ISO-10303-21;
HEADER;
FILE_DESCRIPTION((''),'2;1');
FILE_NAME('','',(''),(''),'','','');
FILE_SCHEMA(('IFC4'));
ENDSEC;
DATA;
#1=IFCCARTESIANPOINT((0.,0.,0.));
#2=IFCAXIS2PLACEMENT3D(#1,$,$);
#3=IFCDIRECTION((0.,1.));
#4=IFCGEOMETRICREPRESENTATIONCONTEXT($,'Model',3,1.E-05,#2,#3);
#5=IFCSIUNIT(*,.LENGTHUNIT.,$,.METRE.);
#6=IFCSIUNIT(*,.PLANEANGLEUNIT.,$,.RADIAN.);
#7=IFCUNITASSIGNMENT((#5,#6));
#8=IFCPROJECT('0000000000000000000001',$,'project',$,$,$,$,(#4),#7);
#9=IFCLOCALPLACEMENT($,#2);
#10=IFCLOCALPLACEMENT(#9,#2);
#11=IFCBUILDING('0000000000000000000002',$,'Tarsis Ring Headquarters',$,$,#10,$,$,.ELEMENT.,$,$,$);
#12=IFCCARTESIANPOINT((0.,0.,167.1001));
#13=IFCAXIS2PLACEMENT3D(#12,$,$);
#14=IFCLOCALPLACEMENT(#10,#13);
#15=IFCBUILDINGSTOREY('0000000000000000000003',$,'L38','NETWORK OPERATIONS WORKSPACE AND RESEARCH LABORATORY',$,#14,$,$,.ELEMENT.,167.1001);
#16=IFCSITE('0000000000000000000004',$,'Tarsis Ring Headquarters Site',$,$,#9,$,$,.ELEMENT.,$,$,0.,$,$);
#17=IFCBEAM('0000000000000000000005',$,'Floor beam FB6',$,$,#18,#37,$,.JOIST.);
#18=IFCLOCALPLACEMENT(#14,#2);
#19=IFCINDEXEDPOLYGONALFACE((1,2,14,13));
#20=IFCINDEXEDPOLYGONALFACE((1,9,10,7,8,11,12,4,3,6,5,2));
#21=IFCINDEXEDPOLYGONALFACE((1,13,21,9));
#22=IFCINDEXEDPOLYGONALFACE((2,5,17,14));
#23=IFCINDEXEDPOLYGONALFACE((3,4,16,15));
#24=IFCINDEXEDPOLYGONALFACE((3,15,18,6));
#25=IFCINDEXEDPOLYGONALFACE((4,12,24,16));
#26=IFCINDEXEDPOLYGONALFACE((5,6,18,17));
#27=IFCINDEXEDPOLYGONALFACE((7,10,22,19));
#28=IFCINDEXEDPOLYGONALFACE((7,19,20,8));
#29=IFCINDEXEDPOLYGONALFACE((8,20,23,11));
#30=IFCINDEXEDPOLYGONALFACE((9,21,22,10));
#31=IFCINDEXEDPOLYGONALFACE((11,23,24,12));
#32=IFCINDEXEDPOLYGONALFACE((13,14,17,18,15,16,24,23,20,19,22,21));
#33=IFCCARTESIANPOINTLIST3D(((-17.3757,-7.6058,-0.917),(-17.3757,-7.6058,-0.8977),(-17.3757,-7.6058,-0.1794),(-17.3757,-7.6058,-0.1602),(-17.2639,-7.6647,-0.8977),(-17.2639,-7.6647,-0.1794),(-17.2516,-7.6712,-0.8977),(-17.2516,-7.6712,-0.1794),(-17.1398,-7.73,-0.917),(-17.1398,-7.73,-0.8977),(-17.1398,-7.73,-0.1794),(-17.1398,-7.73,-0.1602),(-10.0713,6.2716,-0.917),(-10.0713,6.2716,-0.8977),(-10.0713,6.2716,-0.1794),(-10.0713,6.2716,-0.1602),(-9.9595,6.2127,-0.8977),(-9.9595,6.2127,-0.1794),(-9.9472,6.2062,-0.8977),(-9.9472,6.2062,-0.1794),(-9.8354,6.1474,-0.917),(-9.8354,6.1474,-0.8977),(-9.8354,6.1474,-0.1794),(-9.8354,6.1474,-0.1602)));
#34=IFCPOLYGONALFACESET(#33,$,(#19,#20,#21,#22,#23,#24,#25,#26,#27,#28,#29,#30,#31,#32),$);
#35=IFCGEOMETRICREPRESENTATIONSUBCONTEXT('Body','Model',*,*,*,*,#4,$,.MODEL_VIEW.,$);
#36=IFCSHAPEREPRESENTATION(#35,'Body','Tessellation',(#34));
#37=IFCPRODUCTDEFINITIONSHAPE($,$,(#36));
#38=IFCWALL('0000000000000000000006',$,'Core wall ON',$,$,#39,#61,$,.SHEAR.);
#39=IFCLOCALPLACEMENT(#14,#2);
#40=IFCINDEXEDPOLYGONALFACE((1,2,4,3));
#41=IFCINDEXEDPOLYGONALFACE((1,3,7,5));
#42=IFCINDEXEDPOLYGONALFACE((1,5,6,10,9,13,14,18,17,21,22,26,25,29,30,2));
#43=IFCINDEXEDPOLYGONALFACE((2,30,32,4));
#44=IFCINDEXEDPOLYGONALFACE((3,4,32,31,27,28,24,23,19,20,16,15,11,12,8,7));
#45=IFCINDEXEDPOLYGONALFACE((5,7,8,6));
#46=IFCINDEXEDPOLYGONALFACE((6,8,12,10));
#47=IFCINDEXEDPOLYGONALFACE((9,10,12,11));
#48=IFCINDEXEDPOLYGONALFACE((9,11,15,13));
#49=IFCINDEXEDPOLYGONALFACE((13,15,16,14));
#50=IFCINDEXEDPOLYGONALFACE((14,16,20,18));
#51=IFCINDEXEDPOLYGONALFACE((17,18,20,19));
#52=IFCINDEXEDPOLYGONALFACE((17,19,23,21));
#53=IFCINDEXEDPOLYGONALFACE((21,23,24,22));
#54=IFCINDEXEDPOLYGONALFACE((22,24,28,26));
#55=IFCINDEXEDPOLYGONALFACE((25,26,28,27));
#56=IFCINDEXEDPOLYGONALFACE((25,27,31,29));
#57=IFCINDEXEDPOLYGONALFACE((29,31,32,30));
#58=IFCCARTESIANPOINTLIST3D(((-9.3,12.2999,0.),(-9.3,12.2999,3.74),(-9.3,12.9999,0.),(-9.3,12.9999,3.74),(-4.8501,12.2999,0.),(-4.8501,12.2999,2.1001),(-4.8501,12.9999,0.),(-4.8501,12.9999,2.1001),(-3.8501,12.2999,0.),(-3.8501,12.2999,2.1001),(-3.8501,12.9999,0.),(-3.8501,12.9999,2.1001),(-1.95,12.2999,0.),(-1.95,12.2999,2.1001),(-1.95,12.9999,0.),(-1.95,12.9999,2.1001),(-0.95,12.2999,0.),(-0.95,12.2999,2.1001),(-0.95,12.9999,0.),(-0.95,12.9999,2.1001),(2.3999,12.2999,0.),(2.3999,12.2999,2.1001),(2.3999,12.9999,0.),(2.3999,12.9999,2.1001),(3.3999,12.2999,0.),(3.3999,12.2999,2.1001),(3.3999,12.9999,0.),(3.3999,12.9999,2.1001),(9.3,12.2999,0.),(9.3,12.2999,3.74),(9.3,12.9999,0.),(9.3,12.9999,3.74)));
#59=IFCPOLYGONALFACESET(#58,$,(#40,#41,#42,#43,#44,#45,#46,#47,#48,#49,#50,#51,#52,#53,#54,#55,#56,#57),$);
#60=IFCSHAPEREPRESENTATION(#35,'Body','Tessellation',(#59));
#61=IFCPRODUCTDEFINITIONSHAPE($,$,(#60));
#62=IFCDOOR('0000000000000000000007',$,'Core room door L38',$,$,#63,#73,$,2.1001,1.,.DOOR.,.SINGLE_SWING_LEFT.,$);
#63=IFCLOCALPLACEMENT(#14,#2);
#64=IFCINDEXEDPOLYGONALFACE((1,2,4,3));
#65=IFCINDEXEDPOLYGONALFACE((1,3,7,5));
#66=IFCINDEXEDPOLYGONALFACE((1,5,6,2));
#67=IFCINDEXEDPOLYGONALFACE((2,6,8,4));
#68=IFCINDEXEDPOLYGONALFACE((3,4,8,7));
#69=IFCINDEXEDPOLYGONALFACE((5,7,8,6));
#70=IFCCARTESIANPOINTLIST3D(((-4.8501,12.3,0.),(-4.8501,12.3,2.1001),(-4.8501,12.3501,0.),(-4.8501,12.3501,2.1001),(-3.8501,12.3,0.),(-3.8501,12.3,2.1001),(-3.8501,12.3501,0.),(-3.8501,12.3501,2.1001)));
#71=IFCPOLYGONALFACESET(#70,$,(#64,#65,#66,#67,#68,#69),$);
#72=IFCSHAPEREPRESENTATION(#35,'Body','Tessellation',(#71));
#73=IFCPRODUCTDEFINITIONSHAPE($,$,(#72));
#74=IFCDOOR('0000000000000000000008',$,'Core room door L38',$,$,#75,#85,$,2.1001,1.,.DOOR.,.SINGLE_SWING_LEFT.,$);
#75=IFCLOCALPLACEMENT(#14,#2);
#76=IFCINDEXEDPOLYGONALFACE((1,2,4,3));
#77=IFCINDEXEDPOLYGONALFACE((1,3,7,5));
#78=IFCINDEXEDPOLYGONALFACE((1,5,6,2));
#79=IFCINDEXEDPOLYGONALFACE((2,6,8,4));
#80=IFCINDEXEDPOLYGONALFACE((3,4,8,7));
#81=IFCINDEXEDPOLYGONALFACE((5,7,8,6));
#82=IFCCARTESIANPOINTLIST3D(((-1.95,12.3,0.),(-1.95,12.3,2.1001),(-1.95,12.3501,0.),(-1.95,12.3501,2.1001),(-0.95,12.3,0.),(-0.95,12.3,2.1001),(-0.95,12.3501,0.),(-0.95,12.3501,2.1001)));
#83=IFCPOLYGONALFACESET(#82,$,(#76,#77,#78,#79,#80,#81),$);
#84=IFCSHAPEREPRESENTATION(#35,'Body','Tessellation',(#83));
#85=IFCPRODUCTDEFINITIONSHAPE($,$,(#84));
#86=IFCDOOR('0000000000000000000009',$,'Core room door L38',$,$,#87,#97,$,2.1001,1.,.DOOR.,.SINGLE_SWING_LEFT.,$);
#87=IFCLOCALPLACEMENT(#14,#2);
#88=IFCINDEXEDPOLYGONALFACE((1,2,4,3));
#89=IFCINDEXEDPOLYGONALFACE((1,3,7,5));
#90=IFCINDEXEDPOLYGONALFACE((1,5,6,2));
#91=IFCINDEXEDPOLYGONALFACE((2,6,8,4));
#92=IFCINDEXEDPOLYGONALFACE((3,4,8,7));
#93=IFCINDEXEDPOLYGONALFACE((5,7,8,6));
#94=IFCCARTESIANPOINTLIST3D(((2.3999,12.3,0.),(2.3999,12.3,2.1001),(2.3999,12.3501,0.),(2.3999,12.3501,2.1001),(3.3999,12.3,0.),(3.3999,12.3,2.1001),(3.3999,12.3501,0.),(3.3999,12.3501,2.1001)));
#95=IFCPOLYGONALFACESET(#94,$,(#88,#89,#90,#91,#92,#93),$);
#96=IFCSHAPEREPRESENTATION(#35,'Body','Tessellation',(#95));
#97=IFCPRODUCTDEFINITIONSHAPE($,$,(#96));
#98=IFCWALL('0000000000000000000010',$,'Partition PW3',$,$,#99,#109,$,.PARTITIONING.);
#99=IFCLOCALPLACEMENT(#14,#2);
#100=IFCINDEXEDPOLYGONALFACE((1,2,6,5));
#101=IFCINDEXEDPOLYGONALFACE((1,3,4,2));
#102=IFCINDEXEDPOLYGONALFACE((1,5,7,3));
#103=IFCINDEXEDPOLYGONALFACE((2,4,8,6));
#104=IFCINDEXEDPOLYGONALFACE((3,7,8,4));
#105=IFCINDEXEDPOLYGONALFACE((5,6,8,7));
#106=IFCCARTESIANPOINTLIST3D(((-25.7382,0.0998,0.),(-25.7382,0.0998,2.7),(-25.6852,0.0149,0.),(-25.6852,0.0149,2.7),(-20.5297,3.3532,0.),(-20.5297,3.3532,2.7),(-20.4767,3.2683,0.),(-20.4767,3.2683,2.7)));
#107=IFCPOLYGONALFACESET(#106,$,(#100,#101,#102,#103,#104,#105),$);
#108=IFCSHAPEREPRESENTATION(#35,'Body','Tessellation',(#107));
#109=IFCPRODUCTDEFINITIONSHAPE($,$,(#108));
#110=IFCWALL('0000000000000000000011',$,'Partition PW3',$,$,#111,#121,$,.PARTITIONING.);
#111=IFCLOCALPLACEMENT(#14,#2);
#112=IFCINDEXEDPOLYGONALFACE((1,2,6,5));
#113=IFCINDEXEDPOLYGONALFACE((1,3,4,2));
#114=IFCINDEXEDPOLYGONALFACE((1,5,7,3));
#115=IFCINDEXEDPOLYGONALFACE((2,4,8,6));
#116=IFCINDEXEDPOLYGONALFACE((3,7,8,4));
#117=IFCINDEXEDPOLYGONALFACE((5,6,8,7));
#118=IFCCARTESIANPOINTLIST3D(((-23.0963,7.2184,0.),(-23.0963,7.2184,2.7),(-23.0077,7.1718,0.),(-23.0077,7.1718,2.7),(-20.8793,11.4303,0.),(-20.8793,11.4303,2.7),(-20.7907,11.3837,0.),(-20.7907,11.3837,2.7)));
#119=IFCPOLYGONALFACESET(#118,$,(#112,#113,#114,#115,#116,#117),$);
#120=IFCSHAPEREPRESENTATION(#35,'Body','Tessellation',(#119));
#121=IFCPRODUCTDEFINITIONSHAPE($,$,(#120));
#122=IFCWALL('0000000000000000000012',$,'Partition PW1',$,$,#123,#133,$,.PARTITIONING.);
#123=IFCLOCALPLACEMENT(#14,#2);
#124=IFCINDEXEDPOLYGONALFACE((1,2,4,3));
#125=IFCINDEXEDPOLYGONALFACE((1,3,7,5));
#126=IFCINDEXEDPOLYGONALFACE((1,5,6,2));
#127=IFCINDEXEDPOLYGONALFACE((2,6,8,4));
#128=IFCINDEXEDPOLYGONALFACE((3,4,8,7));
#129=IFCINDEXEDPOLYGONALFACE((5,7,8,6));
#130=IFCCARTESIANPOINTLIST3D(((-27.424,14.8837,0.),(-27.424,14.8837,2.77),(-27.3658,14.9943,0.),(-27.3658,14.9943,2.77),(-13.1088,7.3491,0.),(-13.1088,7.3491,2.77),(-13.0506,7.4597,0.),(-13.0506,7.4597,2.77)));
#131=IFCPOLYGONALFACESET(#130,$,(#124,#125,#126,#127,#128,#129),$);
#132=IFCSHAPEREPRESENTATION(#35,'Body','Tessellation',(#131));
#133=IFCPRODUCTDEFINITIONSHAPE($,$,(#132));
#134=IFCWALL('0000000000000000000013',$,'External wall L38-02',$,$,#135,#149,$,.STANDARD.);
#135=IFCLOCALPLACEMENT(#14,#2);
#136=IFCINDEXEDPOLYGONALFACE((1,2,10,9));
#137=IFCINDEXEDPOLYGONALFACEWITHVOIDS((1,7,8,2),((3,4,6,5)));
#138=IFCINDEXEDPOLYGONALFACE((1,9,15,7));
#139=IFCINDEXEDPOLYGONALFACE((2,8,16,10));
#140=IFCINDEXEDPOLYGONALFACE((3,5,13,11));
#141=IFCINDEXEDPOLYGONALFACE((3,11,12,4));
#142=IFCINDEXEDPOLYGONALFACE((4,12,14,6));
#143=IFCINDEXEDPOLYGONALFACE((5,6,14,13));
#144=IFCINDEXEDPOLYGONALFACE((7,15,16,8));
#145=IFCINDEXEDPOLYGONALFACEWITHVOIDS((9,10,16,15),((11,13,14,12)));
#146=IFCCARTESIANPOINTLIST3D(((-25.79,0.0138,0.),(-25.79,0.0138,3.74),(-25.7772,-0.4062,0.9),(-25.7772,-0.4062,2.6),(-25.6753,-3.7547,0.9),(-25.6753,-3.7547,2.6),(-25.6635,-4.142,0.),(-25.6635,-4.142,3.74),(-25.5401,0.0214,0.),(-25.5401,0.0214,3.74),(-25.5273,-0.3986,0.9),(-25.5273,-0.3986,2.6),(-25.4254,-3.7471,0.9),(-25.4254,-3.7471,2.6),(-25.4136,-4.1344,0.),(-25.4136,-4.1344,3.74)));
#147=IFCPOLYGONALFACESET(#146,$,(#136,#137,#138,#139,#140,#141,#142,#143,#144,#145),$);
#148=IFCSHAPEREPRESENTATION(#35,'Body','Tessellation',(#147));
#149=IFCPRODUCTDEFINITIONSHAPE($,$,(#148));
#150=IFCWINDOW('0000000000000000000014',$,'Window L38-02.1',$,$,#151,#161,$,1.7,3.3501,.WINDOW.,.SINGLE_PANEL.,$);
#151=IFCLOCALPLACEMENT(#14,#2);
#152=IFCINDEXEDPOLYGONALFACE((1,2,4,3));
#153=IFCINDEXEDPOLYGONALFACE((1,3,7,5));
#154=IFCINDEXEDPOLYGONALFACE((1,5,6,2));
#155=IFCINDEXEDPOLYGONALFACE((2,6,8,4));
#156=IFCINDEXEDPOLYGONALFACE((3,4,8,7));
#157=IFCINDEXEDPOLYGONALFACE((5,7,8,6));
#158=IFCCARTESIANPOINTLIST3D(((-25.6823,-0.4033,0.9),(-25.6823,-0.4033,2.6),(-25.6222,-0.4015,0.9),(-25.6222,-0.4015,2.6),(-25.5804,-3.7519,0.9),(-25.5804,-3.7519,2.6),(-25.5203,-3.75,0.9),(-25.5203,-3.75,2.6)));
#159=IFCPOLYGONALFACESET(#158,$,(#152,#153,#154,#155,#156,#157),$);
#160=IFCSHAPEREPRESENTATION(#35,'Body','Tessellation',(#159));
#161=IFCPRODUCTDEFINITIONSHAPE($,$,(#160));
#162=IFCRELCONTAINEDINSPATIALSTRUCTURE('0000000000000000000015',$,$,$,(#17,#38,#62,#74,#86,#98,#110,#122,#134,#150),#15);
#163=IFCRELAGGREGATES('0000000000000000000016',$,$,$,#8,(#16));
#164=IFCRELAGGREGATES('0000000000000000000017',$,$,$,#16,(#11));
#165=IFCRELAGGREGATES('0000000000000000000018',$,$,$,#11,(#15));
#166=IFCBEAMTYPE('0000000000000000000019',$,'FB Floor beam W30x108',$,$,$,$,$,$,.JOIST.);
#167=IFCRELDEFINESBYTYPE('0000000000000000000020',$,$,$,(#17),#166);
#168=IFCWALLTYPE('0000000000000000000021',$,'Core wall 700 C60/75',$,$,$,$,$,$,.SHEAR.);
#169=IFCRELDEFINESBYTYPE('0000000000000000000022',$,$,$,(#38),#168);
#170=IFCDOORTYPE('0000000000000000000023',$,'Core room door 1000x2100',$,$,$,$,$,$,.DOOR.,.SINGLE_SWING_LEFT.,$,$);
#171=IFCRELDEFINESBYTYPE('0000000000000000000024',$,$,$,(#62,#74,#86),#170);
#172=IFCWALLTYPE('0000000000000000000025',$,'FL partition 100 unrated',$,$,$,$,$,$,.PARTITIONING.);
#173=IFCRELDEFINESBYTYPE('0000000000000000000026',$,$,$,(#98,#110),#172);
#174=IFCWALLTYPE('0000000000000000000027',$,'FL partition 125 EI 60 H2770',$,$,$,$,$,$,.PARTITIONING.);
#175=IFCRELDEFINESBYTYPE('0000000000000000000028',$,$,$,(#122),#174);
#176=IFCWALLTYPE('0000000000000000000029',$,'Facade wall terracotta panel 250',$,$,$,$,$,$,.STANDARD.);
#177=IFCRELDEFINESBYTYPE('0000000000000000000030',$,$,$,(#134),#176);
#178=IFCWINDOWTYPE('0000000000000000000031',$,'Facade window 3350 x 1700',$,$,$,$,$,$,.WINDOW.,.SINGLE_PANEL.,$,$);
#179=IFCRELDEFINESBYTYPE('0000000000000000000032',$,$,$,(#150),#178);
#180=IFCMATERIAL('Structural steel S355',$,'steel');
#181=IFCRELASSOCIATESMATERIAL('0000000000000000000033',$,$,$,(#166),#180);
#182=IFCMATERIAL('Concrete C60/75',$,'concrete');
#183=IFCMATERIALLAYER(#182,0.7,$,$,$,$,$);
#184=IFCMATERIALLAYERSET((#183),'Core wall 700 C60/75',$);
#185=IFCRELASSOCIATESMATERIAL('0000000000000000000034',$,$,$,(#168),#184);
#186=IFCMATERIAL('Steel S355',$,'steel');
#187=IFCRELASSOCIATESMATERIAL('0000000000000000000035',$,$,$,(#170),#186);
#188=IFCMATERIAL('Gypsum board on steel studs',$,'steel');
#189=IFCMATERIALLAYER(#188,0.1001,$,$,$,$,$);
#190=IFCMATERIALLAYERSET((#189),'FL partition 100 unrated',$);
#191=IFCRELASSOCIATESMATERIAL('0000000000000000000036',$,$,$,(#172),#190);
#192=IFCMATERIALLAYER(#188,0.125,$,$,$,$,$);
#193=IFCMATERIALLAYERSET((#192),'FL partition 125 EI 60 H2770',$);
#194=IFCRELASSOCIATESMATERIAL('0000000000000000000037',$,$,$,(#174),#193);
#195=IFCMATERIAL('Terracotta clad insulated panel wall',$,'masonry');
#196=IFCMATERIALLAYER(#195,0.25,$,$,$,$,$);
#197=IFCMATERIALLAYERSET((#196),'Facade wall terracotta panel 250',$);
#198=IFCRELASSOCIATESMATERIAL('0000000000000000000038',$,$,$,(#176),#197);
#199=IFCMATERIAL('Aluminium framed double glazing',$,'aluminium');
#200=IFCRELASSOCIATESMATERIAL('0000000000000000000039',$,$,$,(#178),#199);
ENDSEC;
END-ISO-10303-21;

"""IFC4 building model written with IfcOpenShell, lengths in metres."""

from ifc_helpers import new_model, si_unit, direction, frame, frame_2d, origin, origin_2d, place, context, subcontext, project, spatial, rectangle, i_section, extrude, material, layer, layer_set, material_profile, profile_set, type_object, element, fill, save


model = new_model("IFC4")

# Units and contexts
model_context = context("Model", 3, precision=1e-05, world=origin(), true_north=direction((0.0, 1.0)))
body_context = subcontext(model_context, "Body", "Model", "MODEL_VIEW")
ifc_project = project(units=[si_unit("LENGTHUNIT", "METRE"), si_unit("PLANEANGLEUNIT", "RADIAN")], contexts=[model_context])

# Site, building, storey
site_placement = place(None, origin())
site = spatial("IfcSite", under=ifc_project, at=site_placement, Name="Tarsis Ring Headquarters Site", CompositionType="ELEMENT", RefElevation=0.0)
building_placement = place(site_placement, origin())
building = spatial("IfcBuilding", under=site, at=building_placement, Name="Tarsis Ring Headquarters", CompositionType="ELEMENT")
storey_placement = place(building_placement, frame((0.0, 0.0, 167.1001)))
storey = spatial("IfcBuildingStorey", under=building, at=storey_placement, Name="L38", Description="NETWORK OPERATIONS WORKSPACE AND RESEARCH LABORATORY", CompositionType="ELEMENT", Elevation=167.1001)

# Beam
ifc_material_1 = material(Name="Structural steel S355", Category="steel")
ifc_material_profile = material_profile(ifc_material_1, i_section(OverallWidth=0.2666, OverallDepth=0.7568, WebThickness=0.0139, FlangeThickness=0.0193, at=origin_2d()), Name="W30x108")
ifc_profile_set = profile_set([ifc_material_profile], Name="Structural steel S355")
beam_type = type_object("IfcBeamType", Name="FB Floor beam W30x108", PredefinedType="JOIST", material=ifc_profile_set)
beam_placement = place(storey_placement, frame((-9.9534, 6.2095, -0.5386), z_axis=(-0.465773, -0.884904, 0.0), x_axis=(0.884904, -0.465773, 0.0)))
element("IfcBeam", 1, at=beam_placement, inside=storey, type_object=beam_type, Name="Floor beam FB6", PredefinedType="JOIST", context=body_context, shape_type="SweptSolid", body=[
    extrude(i_section(OverallWidth=0.2666, OverallDepth=0.7568, WebThickness=0.0139, FlangeThickness=0.0193, at=origin_2d()), origin(), (0.0, 0.0, 1.0), 15.6824),
])

# Wall, openings, doors
ifc_material_2 = material(Name="Concrete C60/75", Category="concrete")
ifc_layer_1 = layer(ifc_material_2, 0.7)
ifc_layer_set_1 = layer_set([ifc_layer_1], Name="Core wall 700 C60/75")
wall_type_1 = type_object("IfcWallType", Name="Core wall 700 C60/75", PredefinedType="SHEAR", material=ifc_layer_set_1)
wall_1_placement = place(storey_placement, frame((-9.3, 12.6499, 0.0), z_axis=(0.0, 0.0, 1.0), x_axis=(1.0, 0.0, 0.0)))
wall_1 = element("IfcWall", 2, at=wall_1_placement, inside=storey, type_object=wall_type_1, Name="Core wall ON", PredefinedType="SHEAR", context=body_context, shape_type="SweptSolid", body=[
    extrude(rectangle(XDim=18.6001, YDim=0.7, at=frame_2d((9.3, 0.0))), origin(), (0.0, 0.0, 1.0), 3.74),
])
opening_1_placement = place(wall_1_placement, frame((4.45, 0.0, 0.0)))
opening_1 = element("IfcOpeningElement", 3, at=opening_1_placement, cuts=wall_1, PredefinedType="OPENING", context=body_context, shape_type="SweptSolid", body=[
    extrude(rectangle(XDim=1.0, YDim=2.1001, at=frame_2d((0.5, 1.05))), frame((0.0, 0.3599, 0.0), z_axis=(0.0, -1.0, 0.0), x_axis=(1.0, 0.0, 0.0)), (0.0, 0.0, 1.0), 0.72),
])
opening_2_placement = place(wall_1_placement, frame((7.3501, 0.0, 0.0)))
opening_2 = element("IfcOpeningElement", 4, at=opening_2_placement, cuts=wall_1, PredefinedType="OPENING", context=body_context, shape_type="SweptSolid", body=[
    extrude(rectangle(XDim=1.0, YDim=2.1001, at=frame_2d((0.5, 1.05))), frame((0.0, 0.3599, 0.0), z_axis=(0.0, -1.0, 0.0), x_axis=(1.0, 0.0, 0.0)), (0.0, 0.0, 1.0), 0.72),
])
opening_3_placement = place(wall_1_placement, frame((11.7, 0.0, 0.0)))
opening_3 = element("IfcOpeningElement", 5, at=opening_3_placement, cuts=wall_1, PredefinedType="OPENING", context=body_context, shape_type="SweptSolid", body=[
    extrude(rectangle(XDim=1.0, YDim=2.1001, at=frame_2d((0.5, 1.05))), frame((0.0, 0.3599, 0.0), z_axis=(0.0, -1.0, 0.0), x_axis=(1.0, 0.0, 0.0)), (0.0, 0.0, 1.0), 0.72),
])
ifc_material_3 = material(Name="Steel S355", Category="steel")
door_type_1 = type_object("IfcDoorType", Name="Core room door 1000x2100", OperationType="SINGLE_SWING_LEFT", PredefinedType="DOOR", material=ifc_material_3)
door_1_placement = place(opening_1_placement, origin())
door_1 = element("IfcDoor", 6, at=door_1_placement, inside=storey, type_object=door_type_1, Name="Core room door L38", OperationType="SINGLE_SWING_LEFT", OverallHeight=2.1001, OverallWidth=1.0, PredefinedType="DOOR", context=body_context, shape_type="SweptSolid", body=[
    extrude(rectangle(XDim=1.0, YDim=2.1001, at=frame_2d((0.5, 1.05))), frame((0.0, -0.2998, 0.0), z_axis=(0.0, -1.0, 0.0), x_axis=(1.0, 0.0, 0.0)), (0.0, 0.0, 1.0), 0.05),
])
fill(opening_1, door_1)
door_2_placement = place(opening_2_placement, origin())
door_2 = element("IfcDoor", 7, at=door_2_placement, inside=storey, type_object=door_type_1, Name="Core room door L38", OperationType="SINGLE_SWING_LEFT", OverallHeight=2.1001, OverallWidth=1.0, PredefinedType="DOOR", context=body_context, shape_type="SweptSolid", body=[
    extrude(rectangle(XDim=1.0, YDim=2.1001, at=frame_2d((0.5, 1.05))), frame((0.0, -0.2998, 0.0), z_axis=(0.0, -1.0, 0.0), x_axis=(1.0, 0.0, 0.0)), (0.0, 0.0, 1.0), 0.05),
])
fill(opening_2, door_2)
door_3_placement = place(opening_3_placement, origin())
door_3 = element("IfcDoor", 8, at=door_3_placement, inside=storey, type_object=door_type_1, Name="Core room door L38", OperationType="SINGLE_SWING_LEFT", OverallHeight=2.1001, OverallWidth=1.0, PredefinedType="DOOR", context=body_context, shape_type="SweptSolid", body=[
    extrude(rectangle(XDim=1.0, YDim=2.1001, at=frame_2d((0.5, 1.05))), frame((0.0, -0.2998, 0.0), z_axis=(0.0, -1.0, 0.0), x_axis=(1.0, 0.0, 0.0)), (0.0, 0.0, 1.0), 0.05),
])
fill(opening_3, door_3)

# Walls
ifc_material_4 = material(Name="Gypsum board on steel studs", Category="steel")
ifc_layer_2 = layer(ifc_material_4, 0.1001)
ifc_layer_set_2 = layer_set([ifc_layer_2], Name="FL partition 100 unrated")
wall_type_2 = type_object("IfcWallType", Name="FL partition 100 unrated", PredefinedType="PARTITIONING", material=ifc_layer_set_2)
wall_2_placement = place(storey_placement, frame((-25.7117, 0.0574, 0.0), z_axis=(0.0, 0.0, 1.0), x_axis=(0.848137, 0.529777, 0.0)))
element("IfcWall", 9, at=wall_2_placement, inside=storey, type_object=wall_type_2, Name="Partition PW3", PredefinedType="PARTITIONING", context=body_context, shape_type="SweptSolid", body=[
    extrude(rectangle(XDim=6.1411, YDim=0.1001, at=frame_2d((3.0706, 0.0))), origin(), (0.0, 0.0, 1.0), 2.7),
])
wall_3_placement = place(storey_placement, frame((-23.052, 7.1951, 0.0), z_axis=(0.0, 0.0, 1.0), x_axis=(0.465787, 0.884897, 0.0)))
element("IfcWall", 10, at=wall_3_placement, inside=storey, type_object=wall_type_2, Name="Partition PW3", PredefinedType="PARTITIONING", context=body_context, shape_type="SweptSolid", body=[
    extrude(rectangle(XDim=4.7598, YDim=0.1001, at=frame_2d((2.3799, 0.0))), origin(), (0.0, 0.0, 1.0), 2.7),
])
ifc_layer_3 = layer(ifc_material_4, 0.125)
ifc_layer_set_3 = layer_set([ifc_layer_3], Name="FL partition 125 EI 60 H2770")
wall_type_3 = type_object("IfcWallType", Name="FL partition 125 EI 60 H2770", PredefinedType="PARTITIONING", material=ifc_layer_set_3)
wall_4_placement = place(storey_placement, frame((-27.3948, 14.939, 0.0), z_axis=(0.0, 0.0, 1.0), x_axis=(0.884909, -0.465764, 0.0)))
element("IfcWall", 11, at=wall_4_placement, inside=storey, type_object=wall_type_3, Name="Partition PW1", PredefinedType="PARTITIONING", context=body_context, shape_type="SweptSolid", body=[
    extrude(rectangle(XDim=16.177, YDim=0.125, at=frame_2d((8.0884, 0.0))), origin(), (0.0, 0.0, 1.0), 2.77),
])

# Wall, opening, window
ifc_material_5 = material(Name="Terracotta clad insulated panel wall", Category="masonry")
ifc_layer_4 = layer(ifc_material_5, 0.25)
ifc_layer_set_4 = layer_set([ifc_layer_4], Name="Facade wall terracotta panel 250")
wall_type_4 = type_object("IfcWallType", Name="Facade wall terracotta panel 250", PredefinedType="STANDARD", material=ifc_layer_set_4)
wall_5_placement = place(storey_placement, frame((-25.665, 0.0176, 0.0), z_axis=(0.0, 0.0, 1.0), x_axis=(0.030417, -0.999537, 0.0)))
wall_5 = element("IfcWall", 12, at=wall_5_placement, inside=storey, type_object=wall_type_4, Name="External wall L38-02", PredefinedType="STANDARD", context=body_context, shape_type="SweptSolid", body=[
    extrude(rectangle(XDim=4.1577, YDim=0.25, at=frame_2d((2.0789, 0.0))), origin(), (0.0, 0.0, 1.0), 3.74),
])
opening_4_placement = place(wall_5_placement, frame((0.4202, 0.0, 0.8999)))
opening_4 = element("IfcOpeningElement", 13, at=opening_4_placement, cuts=wall_5, PredefinedType="OPENING", context=body_context, shape_type="SweptSolid", body=[
    extrude(rectangle(XDim=3.3501, YDim=1.7, at=frame_2d((1.675, 0.8501))), frame((0.0, 0.135, 0.0), z_axis=(0.0, -1.0, 0.0), x_axis=(1.0, 0.0, 0.0)), (0.0, 0.0, 1.0), 0.27),
])
ifc_material_6 = material(Name="Aluminium framed double glazing", Category="aluminium")
window_type = type_object("IfcWindowType", Name="Facade window 3350 x 1700", PartitioningType="SINGLE_PANEL", PredefinedType="WINDOW", material=ifc_material_6)
window_placement = place(opening_4_placement, origin())
window = element("IfcWindow", 14, at=window_placement, inside=storey, type_object=window_type, Name="Window L38-02.1", OverallHeight=1.7, OverallWidth=3.3501, PartitioningType="SINGLE_PANEL", PredefinedType="WINDOW", context=body_context, shape_type="SweptSolid", body=[
    extrude(rectangle(XDim=3.3501, YDim=1.7, at=frame_2d((1.675, 0.8501))), frame((0.0, 0.03, 0.0), z_axis=(0.0, -1.0, 0.0), x_axis=(1.0, 0.0, 0.0)), (0.0, 0.0, 1.0), 0.0601),
])
fill(opening_4, window)

save(model, "model.ifc")
